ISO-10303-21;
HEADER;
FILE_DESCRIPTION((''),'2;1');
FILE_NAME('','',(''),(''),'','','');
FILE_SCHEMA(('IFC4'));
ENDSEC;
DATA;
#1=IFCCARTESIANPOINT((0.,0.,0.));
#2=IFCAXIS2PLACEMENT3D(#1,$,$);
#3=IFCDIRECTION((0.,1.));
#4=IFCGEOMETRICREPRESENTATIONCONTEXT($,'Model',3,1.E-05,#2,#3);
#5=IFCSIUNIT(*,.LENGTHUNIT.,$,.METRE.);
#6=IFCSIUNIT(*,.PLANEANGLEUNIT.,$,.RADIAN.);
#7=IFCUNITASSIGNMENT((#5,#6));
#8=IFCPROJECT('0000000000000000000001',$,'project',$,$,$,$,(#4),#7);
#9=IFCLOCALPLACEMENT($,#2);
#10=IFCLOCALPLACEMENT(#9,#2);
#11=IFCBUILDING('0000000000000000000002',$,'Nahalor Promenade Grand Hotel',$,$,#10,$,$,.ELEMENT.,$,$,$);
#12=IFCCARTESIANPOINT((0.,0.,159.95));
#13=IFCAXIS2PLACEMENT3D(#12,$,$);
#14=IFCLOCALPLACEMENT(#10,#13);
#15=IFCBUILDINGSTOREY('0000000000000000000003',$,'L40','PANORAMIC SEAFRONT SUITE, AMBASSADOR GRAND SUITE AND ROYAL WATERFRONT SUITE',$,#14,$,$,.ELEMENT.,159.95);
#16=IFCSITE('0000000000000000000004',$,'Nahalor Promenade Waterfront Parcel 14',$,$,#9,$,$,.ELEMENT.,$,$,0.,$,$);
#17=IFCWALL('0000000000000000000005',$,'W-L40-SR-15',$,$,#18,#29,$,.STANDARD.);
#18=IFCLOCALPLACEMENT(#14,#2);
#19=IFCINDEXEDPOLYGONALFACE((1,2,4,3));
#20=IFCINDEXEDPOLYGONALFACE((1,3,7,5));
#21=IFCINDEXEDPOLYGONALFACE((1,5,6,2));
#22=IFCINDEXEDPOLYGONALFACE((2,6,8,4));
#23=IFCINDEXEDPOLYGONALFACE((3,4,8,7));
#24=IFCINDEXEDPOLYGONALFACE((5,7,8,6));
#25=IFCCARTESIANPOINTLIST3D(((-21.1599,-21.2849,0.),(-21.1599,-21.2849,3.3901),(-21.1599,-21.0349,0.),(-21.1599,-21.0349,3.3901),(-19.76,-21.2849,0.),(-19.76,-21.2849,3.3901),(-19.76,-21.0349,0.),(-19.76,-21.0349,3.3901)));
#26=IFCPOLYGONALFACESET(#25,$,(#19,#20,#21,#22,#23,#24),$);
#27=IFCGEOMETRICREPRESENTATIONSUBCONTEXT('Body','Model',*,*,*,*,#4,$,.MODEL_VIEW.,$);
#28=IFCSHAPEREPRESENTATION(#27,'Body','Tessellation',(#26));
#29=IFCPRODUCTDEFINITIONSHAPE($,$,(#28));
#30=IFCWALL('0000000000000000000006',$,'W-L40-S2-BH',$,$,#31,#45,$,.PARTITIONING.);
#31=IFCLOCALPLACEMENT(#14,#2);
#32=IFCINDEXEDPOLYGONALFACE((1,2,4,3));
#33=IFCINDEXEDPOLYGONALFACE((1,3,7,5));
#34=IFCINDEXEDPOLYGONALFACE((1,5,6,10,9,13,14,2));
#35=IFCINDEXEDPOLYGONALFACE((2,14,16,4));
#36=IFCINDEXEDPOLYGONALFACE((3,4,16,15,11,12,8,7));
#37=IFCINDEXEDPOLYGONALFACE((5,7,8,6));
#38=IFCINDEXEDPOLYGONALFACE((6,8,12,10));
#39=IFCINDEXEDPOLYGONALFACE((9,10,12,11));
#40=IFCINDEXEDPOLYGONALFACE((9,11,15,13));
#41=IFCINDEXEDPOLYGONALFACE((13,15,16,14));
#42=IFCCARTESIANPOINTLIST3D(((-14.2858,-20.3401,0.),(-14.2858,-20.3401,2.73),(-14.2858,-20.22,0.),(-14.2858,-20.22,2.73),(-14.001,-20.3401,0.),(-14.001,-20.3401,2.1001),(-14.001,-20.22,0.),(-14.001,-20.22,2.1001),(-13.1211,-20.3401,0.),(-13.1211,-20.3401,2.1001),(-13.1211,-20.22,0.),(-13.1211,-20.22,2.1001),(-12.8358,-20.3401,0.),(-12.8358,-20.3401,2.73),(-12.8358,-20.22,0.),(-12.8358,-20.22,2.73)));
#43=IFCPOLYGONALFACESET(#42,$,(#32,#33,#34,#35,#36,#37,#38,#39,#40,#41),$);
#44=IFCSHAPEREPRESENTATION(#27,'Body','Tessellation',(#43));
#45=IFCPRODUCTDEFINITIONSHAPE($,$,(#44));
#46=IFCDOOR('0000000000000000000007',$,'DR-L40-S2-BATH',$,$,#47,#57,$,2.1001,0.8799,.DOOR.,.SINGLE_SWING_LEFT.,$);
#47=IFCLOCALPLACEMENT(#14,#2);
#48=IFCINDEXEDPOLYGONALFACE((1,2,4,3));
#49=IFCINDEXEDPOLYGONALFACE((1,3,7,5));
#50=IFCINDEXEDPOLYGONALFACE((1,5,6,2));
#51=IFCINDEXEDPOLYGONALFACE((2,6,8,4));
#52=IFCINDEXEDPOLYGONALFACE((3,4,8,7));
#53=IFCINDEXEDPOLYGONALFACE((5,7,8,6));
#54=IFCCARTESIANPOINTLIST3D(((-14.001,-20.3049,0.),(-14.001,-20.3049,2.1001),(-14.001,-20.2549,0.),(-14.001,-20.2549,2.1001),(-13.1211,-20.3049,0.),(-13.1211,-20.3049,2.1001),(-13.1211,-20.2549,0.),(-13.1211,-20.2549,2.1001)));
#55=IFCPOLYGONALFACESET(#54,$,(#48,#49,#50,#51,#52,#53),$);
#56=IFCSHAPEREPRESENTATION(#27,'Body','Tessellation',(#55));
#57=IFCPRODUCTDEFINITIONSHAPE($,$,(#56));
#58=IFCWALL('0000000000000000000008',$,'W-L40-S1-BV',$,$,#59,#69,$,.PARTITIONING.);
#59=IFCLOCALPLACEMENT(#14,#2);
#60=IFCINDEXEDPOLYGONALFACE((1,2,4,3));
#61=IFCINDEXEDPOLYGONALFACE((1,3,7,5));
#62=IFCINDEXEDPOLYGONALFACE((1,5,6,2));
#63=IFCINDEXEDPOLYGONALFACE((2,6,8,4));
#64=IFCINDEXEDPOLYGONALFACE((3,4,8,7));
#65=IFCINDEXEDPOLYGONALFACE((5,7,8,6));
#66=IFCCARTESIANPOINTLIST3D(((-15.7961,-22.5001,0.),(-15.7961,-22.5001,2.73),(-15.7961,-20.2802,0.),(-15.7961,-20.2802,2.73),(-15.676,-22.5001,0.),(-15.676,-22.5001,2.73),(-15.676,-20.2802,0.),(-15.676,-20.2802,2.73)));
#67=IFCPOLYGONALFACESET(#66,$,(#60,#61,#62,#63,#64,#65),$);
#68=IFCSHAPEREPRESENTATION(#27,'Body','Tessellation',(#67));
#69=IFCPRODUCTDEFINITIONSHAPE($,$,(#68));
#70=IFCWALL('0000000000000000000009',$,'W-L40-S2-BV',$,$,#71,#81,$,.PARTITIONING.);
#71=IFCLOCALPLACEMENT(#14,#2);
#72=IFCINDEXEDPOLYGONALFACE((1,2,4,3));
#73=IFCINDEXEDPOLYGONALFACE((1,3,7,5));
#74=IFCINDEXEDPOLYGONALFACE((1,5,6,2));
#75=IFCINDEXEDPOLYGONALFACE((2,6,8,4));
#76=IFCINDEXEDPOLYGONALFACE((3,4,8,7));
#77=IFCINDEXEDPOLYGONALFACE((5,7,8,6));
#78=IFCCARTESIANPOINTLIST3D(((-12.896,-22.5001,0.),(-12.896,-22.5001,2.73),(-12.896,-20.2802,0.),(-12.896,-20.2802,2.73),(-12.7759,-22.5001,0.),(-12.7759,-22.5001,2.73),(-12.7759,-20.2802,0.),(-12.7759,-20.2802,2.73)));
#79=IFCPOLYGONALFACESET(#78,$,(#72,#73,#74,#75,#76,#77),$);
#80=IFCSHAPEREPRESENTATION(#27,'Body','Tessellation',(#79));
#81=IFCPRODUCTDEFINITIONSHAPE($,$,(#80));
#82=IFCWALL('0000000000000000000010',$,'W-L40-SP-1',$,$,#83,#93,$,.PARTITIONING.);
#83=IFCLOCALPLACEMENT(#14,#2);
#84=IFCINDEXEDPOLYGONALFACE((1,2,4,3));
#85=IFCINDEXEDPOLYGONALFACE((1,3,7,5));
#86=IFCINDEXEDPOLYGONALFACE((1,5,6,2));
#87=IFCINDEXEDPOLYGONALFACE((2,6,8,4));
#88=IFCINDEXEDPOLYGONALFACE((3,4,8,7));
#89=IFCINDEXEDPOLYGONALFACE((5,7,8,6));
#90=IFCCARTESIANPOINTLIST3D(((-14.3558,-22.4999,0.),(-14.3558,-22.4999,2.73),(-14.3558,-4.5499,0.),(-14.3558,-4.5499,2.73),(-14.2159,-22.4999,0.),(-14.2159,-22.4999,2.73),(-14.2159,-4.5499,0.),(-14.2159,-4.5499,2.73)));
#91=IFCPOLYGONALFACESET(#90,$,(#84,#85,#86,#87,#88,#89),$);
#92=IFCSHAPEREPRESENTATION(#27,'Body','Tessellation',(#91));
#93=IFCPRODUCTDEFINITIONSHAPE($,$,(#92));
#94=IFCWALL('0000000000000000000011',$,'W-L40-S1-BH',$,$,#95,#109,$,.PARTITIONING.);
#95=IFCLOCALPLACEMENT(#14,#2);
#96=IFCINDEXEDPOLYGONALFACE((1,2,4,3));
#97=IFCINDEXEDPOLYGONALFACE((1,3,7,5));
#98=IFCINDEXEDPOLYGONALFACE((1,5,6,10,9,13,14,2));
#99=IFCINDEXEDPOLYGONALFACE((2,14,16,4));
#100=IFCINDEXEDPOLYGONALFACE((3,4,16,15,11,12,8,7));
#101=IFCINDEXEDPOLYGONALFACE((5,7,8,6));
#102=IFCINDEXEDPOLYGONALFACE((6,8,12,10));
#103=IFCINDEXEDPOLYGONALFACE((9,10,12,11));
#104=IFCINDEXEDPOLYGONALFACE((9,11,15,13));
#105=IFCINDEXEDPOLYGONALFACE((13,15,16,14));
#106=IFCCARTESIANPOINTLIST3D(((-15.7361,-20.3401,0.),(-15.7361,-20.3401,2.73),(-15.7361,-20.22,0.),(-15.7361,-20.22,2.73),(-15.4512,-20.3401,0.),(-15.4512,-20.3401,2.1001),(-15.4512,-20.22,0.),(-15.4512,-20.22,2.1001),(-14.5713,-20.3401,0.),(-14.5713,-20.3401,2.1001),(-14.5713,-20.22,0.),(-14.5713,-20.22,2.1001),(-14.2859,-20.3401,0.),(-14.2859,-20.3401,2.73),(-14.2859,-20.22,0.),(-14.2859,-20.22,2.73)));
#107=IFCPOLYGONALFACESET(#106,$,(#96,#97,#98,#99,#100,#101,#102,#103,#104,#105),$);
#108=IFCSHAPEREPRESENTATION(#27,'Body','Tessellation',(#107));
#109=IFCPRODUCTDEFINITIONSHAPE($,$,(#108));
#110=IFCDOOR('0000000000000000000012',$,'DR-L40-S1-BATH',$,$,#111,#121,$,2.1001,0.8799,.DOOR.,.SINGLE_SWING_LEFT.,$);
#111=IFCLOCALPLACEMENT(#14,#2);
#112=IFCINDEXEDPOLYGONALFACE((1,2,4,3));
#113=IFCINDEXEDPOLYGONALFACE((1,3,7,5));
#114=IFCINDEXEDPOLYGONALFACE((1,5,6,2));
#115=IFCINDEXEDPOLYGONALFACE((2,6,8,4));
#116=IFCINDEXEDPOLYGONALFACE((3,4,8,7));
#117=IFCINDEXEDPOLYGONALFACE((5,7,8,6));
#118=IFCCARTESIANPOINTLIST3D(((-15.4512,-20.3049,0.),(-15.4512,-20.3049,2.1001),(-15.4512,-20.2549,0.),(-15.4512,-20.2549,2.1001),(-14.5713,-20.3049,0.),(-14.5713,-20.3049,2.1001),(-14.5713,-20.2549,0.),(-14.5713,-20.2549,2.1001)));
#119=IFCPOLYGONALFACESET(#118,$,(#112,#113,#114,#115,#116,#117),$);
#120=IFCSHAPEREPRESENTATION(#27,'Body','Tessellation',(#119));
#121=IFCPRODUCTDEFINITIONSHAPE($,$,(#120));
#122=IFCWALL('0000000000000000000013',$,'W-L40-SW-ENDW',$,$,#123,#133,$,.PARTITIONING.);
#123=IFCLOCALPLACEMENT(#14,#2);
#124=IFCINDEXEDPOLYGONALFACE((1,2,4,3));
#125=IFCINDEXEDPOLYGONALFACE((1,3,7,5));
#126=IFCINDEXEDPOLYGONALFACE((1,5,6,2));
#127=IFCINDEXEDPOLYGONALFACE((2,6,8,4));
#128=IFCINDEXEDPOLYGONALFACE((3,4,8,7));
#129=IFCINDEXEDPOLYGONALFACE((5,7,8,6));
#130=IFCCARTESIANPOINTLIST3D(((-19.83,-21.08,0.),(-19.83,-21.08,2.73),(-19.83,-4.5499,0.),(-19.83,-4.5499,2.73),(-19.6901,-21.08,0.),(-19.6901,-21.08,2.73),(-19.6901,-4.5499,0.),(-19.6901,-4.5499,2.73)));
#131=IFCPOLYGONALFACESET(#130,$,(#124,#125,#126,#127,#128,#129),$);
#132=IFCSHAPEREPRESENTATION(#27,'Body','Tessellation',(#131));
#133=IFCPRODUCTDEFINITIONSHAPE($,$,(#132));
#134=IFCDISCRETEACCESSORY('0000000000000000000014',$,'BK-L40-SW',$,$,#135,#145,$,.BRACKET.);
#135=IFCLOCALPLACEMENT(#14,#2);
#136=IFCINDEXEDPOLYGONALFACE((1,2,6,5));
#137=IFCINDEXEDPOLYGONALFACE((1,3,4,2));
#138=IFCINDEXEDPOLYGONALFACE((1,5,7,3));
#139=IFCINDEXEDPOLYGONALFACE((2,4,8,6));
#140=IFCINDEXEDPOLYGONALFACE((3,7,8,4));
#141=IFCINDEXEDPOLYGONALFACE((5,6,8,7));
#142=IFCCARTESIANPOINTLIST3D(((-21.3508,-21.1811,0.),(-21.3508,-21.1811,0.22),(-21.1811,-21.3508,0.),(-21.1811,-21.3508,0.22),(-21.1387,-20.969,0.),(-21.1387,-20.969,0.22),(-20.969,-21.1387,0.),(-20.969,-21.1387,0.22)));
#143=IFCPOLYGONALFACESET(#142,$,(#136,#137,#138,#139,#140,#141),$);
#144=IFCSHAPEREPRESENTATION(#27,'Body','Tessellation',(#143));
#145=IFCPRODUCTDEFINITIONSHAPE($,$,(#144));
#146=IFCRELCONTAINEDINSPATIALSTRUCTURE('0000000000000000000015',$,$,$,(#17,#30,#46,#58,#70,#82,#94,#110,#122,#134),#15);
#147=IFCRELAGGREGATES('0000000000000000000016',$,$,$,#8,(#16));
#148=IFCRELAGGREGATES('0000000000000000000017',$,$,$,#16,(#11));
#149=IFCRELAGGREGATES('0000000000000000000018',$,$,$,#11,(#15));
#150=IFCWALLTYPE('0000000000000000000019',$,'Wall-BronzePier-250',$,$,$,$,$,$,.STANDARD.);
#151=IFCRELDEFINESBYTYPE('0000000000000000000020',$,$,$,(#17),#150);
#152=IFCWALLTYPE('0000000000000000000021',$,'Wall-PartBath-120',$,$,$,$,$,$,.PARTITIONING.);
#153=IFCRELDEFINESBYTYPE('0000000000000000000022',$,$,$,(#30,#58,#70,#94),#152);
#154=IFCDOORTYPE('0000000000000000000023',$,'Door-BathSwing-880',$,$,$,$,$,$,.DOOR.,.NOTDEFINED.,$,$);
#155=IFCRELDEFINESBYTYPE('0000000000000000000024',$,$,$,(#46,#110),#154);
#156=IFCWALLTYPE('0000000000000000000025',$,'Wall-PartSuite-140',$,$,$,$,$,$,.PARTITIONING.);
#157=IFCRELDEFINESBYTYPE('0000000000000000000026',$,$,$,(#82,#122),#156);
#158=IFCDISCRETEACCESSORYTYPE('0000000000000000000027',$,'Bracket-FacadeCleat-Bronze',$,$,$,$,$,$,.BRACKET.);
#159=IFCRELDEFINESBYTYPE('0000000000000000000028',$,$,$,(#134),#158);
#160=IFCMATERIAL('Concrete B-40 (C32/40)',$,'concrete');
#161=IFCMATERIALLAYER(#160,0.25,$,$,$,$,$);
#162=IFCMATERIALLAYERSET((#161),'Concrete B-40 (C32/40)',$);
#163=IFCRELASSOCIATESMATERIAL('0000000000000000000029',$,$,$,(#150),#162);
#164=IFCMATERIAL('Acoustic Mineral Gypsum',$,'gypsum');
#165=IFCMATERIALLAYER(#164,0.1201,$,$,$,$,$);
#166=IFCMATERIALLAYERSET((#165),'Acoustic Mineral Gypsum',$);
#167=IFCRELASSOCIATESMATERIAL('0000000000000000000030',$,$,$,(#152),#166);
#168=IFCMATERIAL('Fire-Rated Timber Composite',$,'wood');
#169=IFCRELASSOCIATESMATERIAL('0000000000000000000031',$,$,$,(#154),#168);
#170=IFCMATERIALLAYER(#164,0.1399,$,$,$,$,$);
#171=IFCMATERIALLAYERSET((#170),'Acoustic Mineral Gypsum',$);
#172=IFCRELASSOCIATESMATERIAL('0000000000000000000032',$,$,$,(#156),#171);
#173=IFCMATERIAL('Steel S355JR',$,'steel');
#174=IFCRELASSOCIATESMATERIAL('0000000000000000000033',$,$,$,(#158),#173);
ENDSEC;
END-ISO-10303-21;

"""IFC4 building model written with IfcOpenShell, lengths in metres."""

from ifc_helpers import new_model, si_unit, direction, frame, frame_2d, origin, origin_2d, place, context, subcontext, project, spatial, rectangle, extrude, source, transform, mapped, material, layer, layer_set, type_object, element, fill, save


model = new_model("IFC4")

# Units and contexts
model_context = context("Model", 3, precision=1e-05, world=origin(), true_north=direction((0.0, 1.0)))
body_context = subcontext(model_context, "Body", "Model", "MODEL_VIEW")
ifc_project = project(units=[si_unit("LENGTHUNIT", "METRE"), si_unit("PLANEANGLEUNIT", "RADIAN")], contexts=[model_context])

# Site, building, storey
site_placement = place(None, origin())
site = spatial("IfcSite", under=ifc_project, at=site_placement, Name="Nahalor Promenade Waterfront Parcel 14", CompositionType="ELEMENT", RefElevation=0.0)
building_placement = place(site_placement, origin())
building = spatial("IfcBuilding", under=site, at=building_placement, Name="Nahalor Promenade Grand Hotel", CompositionType="ELEMENT")
storey_placement = place(building_placement, frame((0.0, 0.0, 159.95)))
storey = spatial("IfcBuildingStorey", under=building, at=storey_placement, Name="L40", Description="PANORAMIC SEAFRONT SUITE, AMBASSADOR GRAND SUITE AND ROYAL WATERFRONT SUITE", CompositionType="ELEMENT", Elevation=159.95)

# Shared definitions
ifc_material_1 = material(Name="Steel S355JR", Category="steel")

# Wall
ifc_material_2 = material(Name="Concrete B-40 (C32/40)", Category="concrete")
ifc_layer_1 = layer(ifc_material_2, 0.25)
ifc_layer_set_1 = layer_set([ifc_layer_1], Name="Concrete B-40 (C32/40)")
wall_type_1 = type_object("IfcWallType", Name="Wall-BronzePier-250", PredefinedType="STANDARD", material=ifc_layer_set_1)
shared_shape_1 = source(origin(), body_context, "Body", "SweptSolid", [
    extrude(rectangle(XDim=1.3999, YDim=0.25, at=frame_2d((0.7, 0.0))), origin(), (0.0, 0.0, 1.0), 3.3901),
])
for number, where, z_axis, x_axis, name in (
    (1, (-21.1599, -21.1599, 0.0), (0.0, 0.0, 1.0), (1.0, 0.0, 0.0), "W-L40-SR-15"),
):
    element("IfcWall", number, at=place(storey_placement, frame(where, z_axis=z_axis, x_axis=x_axis)), inside=storey, type_object=wall_type_1, Name=name, PredefinedType="STANDARD", context=body_context, shape_type="MappedRepresentation", body=[
        mapped(shared_shape_1, transform((0.0, 0.0, 0.0), scale=1.0)),
    ])

# Wall, opening, door
ifc_material_3 = material(Name="Acoustic Mineral Gypsum", Category="gypsum")
ifc_layer_2 = layer(ifc_material_3, 0.1201)
ifc_layer_set_2 = layer_set([ifc_layer_2], Name="Acoustic Mineral Gypsum")
wall_type_2 = type_object("IfcWallType", Name="Wall-PartBath-120", PredefinedType="PARTITIONING", material=ifc_layer_set_2)
shared_shape_2 = source(origin(), body_context, "Body", "SweptSolid", [
    extrude(rectangle(XDim=1.45, YDim=0.1201, at=frame_2d((0.7251, 0.0))), origin(), (0.0, 0.0, 1.0), 2.73),
])
wall_1_placement = place(storey_placement, frame((-14.2859, -20.28, 0.0), z_axis=(0.0, 0.0, 1.0), x_axis=(1.0, 0.0, 0.0)))
wall_1 = element("IfcWall", 2, at=wall_1_placement, inside=storey, type_object=wall_type_2, Name="W-L40-S2-BH", PredefinedType="PARTITIONING", context=body_context, shape_type="MappedRepresentation", body=[
    mapped(shared_shape_2, transform((0.0, 0.0, 0.0), scale=1.0)),
])
opening_1_placement = place(wall_1_placement, frame((0.2849, 0.0, 0.0)))
opening_1 = element("IfcOpeningElement", 3, at=opening_1_placement, cuts=wall_1, PredefinedType="OPENING", context=body_context, shape_type="SweptSolid", body=[
    extrude(rectangle(XDim=0.8799, YDim=2.1001, at=frame_2d((0.4399, 1.05))), frame((0.0, 0.0701, 0.0), z_axis=(0.0, -1.0, 0.0), x_axis=(1.0, 0.0, 0.0)), (0.0, 0.0, 1.0), 0.1401),
])
ifc_material_4 = material(Name="Fire-Rated Timber Composite", Category="wood")
door_type = type_object("IfcDoorType", Name="Door-BathSwing-880", OperationType="NOTDEFINED", PredefinedType="DOOR", material=ifc_material_4)
shared_shape_3 = source(origin(), body_context, "Body", "SweptSolid", [
    extrude(rectangle(XDim=0.8799, YDim=2.1001, at=frame_2d((0.4399, 1.05))), frame((0.0, 0.0249, 0.0), z_axis=(0.0, -1.0, 0.0), x_axis=(1.0, 0.0, 0.0)), (0.0, 0.0, 1.0), 0.05),
])
door_1_placement = place(opening_1_placement, frame((0.8799, 0.0, 0.0), z_axis=(0.0, 0.0, 1.0), x_axis=(-1.0, 0.0, 0.0)))
door_1 = element("IfcDoor", 4, at=door_1_placement, inside=storey, type_object=door_type, Name="DR-L40-S2-BATH", OperationType="SINGLE_SWING_LEFT", OverallHeight=2.1001, OverallWidth=0.8799, PredefinedType="DOOR", context=body_context, shape_type="MappedRepresentation", body=[
    mapped(shared_shape_3, transform((0.0, 0.0, 0.0), scale=1.0)),
])
fill(opening_1, door_1)

# Walls
shared_shape_4 = source(origin(), body_context, "Body", "SweptSolid", [
    extrude(rectangle(XDim=2.22, YDim=0.1201, at=frame_2d((1.1099, 0.0))), origin(), (0.0, 0.0, 1.0), 2.73),
])
for number, where, z_axis, x_axis, name in (
    (5, (-15.7361, -22.5, 0.0), (0.0, 0.0, 1.0), (0.0, 1.0, 0.0), "W-L40-S1-BV"),
    (6, (-12.8359, -22.5, 0.0), (0.0, 0.0, 1.0), (0.0, 1.0, 0.0), "W-L40-S2-BV"),
):
    element("IfcWall", number, at=place(storey_placement, frame(where, z_axis=z_axis, x_axis=x_axis)), inside=storey, type_object=wall_type_2, Name=name, PredefinedType="PARTITIONING", context=body_context, shape_type="MappedRepresentation", body=[
        mapped(shared_shape_4, transform((0.0, 0.0, 0.0), scale=1.0)),
    ])
ifc_layer_3 = layer(ifc_material_3, 0.1399)
ifc_layer_set_3 = layer_set([ifc_layer_3], Name="Acoustic Mineral Gypsum")
wall_type_3 = type_object("IfcWallType", Name="Wall-PartSuite-140", PredefinedType="PARTITIONING", material=ifc_layer_set_3)
shared_shape_5 = source(origin(), body_context, "Body", "SweptSolid", [
    extrude(rectangle(XDim=17.95, YDim=0.1399, at=frame_2d((8.9751, 0.0))), origin(), (0.0, 0.0, 1.0), 2.73),
])
wall_2_placement = place(storey_placement, frame((-14.2859, -22.5, 0.0), z_axis=(0.0, 0.0, 1.0), x_axis=(0.0, 1.0, 0.0)))
element("IfcWall", 7, at=wall_2_placement, inside=storey, type_object=wall_type_3, Name="W-L40-SP-1", PredefinedType="PARTITIONING", context=body_context, shape_type="MappedRepresentation", body=[
    mapped(shared_shape_5, transform((0.0, 0.0, 0.0), scale=1.0)),
])

# Wall, opening, door
shared_shape_6 = source(origin(), body_context, "Body", "SweptSolid", [
    extrude(rectangle(XDim=1.4502, YDim=0.1201, at=frame_2d((0.7251, 0.0))), origin(), (0.0, 0.0, 1.0), 2.73),
])
wall_3_placement = place(storey_placement, frame((-15.7361, -20.28, 0.0), z_axis=(0.0, 0.0, 1.0), x_axis=(1.0, 0.0, 0.0)))
wall_3 = element("IfcWall", 8, at=wall_3_placement, inside=storey, type_object=wall_type_2, Name="W-L40-S1-BH", PredefinedType="PARTITIONING", context=body_context, shape_type="MappedRepresentation", body=[
    mapped(shared_shape_6, transform((0.0, 0.0, 0.0), scale=1.0)),
])
opening_2_placement = place(wall_3_placement, frame((0.2849, 0.0, 0.0)))
opening_2 = element("IfcOpeningElement", 9, at=opening_2_placement, cuts=wall_3, PredefinedType="OPENING", context=body_context, shape_type="SweptSolid", body=[
    extrude(rectangle(XDim=0.8799, YDim=2.1001, at=frame_2d((0.4399, 1.05))), frame((0.0, 0.0701, 0.0), z_axis=(0.0, -1.0, 0.0), x_axis=(1.0, 0.0, 0.0)), (0.0, 0.0, 1.0), 0.1401),
])
door_2_placement = place(opening_2_placement, frame((0.8799, 0.0, 0.0), z_axis=(0.0, 0.0, 1.0), x_axis=(-1.0, 0.0, 0.0)))
door_2 = element("IfcDoor", 10, at=door_2_placement, inside=storey, type_object=door_type, Name="DR-L40-S1-BATH", OperationType="SINGLE_SWING_LEFT", OverallHeight=2.1001, OverallWidth=0.8799, PredefinedType="DOOR", context=body_context, shape_type="MappedRepresentation", body=[
    mapped(shared_shape_3, transform((0.0, 0.0, 0.0), scale=1.0)),
])
fill(opening_2, door_2)

# Wall
shared_shape_7 = source(origin(), body_context, "Body", "SweptSolid", [
    extrude(rectangle(XDim=16.53, YDim=0.1399, at=frame_2d((8.2651, 0.0))), origin(), (0.0, 0.0, 1.0), 2.73),
])
wall_4_placement = place(storey_placement, frame((-19.76, -21.0801, 0.0), z_axis=(0.0, 0.0, 1.0), x_axis=(0.0, 1.0, 0.0)))
element("IfcWall", 11, at=wall_4_placement, inside=storey, type_object=wall_type_3, Name="W-L40-SW-ENDW", PredefinedType="PARTITIONING", context=body_context, shape_type="MappedRepresentation", body=[
    mapped(shared_shape_7, transform((0.0, 0.0, 0.0), scale=1.0)),
])

# Discrete accessory
discrete_accessory_type = type_object("IfcDiscreteAccessoryType", Name="Bracket-FacadeCleat-Bronze", PredefinedType="BRACKET", material=ifc_material_1)
shared_shape_8 = source(origin(), body_context, "Body", "SweptSolid", [
    extrude(rectangle(XDim=0.3, YDim=0.24, at=origin_2d()), origin(), (0.0, 0.0, 1.0), 0.22),
])
discrete_accessory_placement = place(storey_placement, frame((-21.1599, -21.1599, 0.0), z_axis=(0.0, 0.0, 1.0), x_axis=(0.707107, 0.707107, 0.0)))
element("IfcDiscreteAccessory", 12, at=discrete_accessory_placement, inside=storey, type_object=discrete_accessory_type, Name="BK-L40-SW", PredefinedType="BRACKET", context=body_context, shape_type="MappedRepresentation", body=[
    mapped(shared_shape_8, transform((0.0, 0.0, 0.0), scale=1.0)),
])

save(model, "model.ifc")
